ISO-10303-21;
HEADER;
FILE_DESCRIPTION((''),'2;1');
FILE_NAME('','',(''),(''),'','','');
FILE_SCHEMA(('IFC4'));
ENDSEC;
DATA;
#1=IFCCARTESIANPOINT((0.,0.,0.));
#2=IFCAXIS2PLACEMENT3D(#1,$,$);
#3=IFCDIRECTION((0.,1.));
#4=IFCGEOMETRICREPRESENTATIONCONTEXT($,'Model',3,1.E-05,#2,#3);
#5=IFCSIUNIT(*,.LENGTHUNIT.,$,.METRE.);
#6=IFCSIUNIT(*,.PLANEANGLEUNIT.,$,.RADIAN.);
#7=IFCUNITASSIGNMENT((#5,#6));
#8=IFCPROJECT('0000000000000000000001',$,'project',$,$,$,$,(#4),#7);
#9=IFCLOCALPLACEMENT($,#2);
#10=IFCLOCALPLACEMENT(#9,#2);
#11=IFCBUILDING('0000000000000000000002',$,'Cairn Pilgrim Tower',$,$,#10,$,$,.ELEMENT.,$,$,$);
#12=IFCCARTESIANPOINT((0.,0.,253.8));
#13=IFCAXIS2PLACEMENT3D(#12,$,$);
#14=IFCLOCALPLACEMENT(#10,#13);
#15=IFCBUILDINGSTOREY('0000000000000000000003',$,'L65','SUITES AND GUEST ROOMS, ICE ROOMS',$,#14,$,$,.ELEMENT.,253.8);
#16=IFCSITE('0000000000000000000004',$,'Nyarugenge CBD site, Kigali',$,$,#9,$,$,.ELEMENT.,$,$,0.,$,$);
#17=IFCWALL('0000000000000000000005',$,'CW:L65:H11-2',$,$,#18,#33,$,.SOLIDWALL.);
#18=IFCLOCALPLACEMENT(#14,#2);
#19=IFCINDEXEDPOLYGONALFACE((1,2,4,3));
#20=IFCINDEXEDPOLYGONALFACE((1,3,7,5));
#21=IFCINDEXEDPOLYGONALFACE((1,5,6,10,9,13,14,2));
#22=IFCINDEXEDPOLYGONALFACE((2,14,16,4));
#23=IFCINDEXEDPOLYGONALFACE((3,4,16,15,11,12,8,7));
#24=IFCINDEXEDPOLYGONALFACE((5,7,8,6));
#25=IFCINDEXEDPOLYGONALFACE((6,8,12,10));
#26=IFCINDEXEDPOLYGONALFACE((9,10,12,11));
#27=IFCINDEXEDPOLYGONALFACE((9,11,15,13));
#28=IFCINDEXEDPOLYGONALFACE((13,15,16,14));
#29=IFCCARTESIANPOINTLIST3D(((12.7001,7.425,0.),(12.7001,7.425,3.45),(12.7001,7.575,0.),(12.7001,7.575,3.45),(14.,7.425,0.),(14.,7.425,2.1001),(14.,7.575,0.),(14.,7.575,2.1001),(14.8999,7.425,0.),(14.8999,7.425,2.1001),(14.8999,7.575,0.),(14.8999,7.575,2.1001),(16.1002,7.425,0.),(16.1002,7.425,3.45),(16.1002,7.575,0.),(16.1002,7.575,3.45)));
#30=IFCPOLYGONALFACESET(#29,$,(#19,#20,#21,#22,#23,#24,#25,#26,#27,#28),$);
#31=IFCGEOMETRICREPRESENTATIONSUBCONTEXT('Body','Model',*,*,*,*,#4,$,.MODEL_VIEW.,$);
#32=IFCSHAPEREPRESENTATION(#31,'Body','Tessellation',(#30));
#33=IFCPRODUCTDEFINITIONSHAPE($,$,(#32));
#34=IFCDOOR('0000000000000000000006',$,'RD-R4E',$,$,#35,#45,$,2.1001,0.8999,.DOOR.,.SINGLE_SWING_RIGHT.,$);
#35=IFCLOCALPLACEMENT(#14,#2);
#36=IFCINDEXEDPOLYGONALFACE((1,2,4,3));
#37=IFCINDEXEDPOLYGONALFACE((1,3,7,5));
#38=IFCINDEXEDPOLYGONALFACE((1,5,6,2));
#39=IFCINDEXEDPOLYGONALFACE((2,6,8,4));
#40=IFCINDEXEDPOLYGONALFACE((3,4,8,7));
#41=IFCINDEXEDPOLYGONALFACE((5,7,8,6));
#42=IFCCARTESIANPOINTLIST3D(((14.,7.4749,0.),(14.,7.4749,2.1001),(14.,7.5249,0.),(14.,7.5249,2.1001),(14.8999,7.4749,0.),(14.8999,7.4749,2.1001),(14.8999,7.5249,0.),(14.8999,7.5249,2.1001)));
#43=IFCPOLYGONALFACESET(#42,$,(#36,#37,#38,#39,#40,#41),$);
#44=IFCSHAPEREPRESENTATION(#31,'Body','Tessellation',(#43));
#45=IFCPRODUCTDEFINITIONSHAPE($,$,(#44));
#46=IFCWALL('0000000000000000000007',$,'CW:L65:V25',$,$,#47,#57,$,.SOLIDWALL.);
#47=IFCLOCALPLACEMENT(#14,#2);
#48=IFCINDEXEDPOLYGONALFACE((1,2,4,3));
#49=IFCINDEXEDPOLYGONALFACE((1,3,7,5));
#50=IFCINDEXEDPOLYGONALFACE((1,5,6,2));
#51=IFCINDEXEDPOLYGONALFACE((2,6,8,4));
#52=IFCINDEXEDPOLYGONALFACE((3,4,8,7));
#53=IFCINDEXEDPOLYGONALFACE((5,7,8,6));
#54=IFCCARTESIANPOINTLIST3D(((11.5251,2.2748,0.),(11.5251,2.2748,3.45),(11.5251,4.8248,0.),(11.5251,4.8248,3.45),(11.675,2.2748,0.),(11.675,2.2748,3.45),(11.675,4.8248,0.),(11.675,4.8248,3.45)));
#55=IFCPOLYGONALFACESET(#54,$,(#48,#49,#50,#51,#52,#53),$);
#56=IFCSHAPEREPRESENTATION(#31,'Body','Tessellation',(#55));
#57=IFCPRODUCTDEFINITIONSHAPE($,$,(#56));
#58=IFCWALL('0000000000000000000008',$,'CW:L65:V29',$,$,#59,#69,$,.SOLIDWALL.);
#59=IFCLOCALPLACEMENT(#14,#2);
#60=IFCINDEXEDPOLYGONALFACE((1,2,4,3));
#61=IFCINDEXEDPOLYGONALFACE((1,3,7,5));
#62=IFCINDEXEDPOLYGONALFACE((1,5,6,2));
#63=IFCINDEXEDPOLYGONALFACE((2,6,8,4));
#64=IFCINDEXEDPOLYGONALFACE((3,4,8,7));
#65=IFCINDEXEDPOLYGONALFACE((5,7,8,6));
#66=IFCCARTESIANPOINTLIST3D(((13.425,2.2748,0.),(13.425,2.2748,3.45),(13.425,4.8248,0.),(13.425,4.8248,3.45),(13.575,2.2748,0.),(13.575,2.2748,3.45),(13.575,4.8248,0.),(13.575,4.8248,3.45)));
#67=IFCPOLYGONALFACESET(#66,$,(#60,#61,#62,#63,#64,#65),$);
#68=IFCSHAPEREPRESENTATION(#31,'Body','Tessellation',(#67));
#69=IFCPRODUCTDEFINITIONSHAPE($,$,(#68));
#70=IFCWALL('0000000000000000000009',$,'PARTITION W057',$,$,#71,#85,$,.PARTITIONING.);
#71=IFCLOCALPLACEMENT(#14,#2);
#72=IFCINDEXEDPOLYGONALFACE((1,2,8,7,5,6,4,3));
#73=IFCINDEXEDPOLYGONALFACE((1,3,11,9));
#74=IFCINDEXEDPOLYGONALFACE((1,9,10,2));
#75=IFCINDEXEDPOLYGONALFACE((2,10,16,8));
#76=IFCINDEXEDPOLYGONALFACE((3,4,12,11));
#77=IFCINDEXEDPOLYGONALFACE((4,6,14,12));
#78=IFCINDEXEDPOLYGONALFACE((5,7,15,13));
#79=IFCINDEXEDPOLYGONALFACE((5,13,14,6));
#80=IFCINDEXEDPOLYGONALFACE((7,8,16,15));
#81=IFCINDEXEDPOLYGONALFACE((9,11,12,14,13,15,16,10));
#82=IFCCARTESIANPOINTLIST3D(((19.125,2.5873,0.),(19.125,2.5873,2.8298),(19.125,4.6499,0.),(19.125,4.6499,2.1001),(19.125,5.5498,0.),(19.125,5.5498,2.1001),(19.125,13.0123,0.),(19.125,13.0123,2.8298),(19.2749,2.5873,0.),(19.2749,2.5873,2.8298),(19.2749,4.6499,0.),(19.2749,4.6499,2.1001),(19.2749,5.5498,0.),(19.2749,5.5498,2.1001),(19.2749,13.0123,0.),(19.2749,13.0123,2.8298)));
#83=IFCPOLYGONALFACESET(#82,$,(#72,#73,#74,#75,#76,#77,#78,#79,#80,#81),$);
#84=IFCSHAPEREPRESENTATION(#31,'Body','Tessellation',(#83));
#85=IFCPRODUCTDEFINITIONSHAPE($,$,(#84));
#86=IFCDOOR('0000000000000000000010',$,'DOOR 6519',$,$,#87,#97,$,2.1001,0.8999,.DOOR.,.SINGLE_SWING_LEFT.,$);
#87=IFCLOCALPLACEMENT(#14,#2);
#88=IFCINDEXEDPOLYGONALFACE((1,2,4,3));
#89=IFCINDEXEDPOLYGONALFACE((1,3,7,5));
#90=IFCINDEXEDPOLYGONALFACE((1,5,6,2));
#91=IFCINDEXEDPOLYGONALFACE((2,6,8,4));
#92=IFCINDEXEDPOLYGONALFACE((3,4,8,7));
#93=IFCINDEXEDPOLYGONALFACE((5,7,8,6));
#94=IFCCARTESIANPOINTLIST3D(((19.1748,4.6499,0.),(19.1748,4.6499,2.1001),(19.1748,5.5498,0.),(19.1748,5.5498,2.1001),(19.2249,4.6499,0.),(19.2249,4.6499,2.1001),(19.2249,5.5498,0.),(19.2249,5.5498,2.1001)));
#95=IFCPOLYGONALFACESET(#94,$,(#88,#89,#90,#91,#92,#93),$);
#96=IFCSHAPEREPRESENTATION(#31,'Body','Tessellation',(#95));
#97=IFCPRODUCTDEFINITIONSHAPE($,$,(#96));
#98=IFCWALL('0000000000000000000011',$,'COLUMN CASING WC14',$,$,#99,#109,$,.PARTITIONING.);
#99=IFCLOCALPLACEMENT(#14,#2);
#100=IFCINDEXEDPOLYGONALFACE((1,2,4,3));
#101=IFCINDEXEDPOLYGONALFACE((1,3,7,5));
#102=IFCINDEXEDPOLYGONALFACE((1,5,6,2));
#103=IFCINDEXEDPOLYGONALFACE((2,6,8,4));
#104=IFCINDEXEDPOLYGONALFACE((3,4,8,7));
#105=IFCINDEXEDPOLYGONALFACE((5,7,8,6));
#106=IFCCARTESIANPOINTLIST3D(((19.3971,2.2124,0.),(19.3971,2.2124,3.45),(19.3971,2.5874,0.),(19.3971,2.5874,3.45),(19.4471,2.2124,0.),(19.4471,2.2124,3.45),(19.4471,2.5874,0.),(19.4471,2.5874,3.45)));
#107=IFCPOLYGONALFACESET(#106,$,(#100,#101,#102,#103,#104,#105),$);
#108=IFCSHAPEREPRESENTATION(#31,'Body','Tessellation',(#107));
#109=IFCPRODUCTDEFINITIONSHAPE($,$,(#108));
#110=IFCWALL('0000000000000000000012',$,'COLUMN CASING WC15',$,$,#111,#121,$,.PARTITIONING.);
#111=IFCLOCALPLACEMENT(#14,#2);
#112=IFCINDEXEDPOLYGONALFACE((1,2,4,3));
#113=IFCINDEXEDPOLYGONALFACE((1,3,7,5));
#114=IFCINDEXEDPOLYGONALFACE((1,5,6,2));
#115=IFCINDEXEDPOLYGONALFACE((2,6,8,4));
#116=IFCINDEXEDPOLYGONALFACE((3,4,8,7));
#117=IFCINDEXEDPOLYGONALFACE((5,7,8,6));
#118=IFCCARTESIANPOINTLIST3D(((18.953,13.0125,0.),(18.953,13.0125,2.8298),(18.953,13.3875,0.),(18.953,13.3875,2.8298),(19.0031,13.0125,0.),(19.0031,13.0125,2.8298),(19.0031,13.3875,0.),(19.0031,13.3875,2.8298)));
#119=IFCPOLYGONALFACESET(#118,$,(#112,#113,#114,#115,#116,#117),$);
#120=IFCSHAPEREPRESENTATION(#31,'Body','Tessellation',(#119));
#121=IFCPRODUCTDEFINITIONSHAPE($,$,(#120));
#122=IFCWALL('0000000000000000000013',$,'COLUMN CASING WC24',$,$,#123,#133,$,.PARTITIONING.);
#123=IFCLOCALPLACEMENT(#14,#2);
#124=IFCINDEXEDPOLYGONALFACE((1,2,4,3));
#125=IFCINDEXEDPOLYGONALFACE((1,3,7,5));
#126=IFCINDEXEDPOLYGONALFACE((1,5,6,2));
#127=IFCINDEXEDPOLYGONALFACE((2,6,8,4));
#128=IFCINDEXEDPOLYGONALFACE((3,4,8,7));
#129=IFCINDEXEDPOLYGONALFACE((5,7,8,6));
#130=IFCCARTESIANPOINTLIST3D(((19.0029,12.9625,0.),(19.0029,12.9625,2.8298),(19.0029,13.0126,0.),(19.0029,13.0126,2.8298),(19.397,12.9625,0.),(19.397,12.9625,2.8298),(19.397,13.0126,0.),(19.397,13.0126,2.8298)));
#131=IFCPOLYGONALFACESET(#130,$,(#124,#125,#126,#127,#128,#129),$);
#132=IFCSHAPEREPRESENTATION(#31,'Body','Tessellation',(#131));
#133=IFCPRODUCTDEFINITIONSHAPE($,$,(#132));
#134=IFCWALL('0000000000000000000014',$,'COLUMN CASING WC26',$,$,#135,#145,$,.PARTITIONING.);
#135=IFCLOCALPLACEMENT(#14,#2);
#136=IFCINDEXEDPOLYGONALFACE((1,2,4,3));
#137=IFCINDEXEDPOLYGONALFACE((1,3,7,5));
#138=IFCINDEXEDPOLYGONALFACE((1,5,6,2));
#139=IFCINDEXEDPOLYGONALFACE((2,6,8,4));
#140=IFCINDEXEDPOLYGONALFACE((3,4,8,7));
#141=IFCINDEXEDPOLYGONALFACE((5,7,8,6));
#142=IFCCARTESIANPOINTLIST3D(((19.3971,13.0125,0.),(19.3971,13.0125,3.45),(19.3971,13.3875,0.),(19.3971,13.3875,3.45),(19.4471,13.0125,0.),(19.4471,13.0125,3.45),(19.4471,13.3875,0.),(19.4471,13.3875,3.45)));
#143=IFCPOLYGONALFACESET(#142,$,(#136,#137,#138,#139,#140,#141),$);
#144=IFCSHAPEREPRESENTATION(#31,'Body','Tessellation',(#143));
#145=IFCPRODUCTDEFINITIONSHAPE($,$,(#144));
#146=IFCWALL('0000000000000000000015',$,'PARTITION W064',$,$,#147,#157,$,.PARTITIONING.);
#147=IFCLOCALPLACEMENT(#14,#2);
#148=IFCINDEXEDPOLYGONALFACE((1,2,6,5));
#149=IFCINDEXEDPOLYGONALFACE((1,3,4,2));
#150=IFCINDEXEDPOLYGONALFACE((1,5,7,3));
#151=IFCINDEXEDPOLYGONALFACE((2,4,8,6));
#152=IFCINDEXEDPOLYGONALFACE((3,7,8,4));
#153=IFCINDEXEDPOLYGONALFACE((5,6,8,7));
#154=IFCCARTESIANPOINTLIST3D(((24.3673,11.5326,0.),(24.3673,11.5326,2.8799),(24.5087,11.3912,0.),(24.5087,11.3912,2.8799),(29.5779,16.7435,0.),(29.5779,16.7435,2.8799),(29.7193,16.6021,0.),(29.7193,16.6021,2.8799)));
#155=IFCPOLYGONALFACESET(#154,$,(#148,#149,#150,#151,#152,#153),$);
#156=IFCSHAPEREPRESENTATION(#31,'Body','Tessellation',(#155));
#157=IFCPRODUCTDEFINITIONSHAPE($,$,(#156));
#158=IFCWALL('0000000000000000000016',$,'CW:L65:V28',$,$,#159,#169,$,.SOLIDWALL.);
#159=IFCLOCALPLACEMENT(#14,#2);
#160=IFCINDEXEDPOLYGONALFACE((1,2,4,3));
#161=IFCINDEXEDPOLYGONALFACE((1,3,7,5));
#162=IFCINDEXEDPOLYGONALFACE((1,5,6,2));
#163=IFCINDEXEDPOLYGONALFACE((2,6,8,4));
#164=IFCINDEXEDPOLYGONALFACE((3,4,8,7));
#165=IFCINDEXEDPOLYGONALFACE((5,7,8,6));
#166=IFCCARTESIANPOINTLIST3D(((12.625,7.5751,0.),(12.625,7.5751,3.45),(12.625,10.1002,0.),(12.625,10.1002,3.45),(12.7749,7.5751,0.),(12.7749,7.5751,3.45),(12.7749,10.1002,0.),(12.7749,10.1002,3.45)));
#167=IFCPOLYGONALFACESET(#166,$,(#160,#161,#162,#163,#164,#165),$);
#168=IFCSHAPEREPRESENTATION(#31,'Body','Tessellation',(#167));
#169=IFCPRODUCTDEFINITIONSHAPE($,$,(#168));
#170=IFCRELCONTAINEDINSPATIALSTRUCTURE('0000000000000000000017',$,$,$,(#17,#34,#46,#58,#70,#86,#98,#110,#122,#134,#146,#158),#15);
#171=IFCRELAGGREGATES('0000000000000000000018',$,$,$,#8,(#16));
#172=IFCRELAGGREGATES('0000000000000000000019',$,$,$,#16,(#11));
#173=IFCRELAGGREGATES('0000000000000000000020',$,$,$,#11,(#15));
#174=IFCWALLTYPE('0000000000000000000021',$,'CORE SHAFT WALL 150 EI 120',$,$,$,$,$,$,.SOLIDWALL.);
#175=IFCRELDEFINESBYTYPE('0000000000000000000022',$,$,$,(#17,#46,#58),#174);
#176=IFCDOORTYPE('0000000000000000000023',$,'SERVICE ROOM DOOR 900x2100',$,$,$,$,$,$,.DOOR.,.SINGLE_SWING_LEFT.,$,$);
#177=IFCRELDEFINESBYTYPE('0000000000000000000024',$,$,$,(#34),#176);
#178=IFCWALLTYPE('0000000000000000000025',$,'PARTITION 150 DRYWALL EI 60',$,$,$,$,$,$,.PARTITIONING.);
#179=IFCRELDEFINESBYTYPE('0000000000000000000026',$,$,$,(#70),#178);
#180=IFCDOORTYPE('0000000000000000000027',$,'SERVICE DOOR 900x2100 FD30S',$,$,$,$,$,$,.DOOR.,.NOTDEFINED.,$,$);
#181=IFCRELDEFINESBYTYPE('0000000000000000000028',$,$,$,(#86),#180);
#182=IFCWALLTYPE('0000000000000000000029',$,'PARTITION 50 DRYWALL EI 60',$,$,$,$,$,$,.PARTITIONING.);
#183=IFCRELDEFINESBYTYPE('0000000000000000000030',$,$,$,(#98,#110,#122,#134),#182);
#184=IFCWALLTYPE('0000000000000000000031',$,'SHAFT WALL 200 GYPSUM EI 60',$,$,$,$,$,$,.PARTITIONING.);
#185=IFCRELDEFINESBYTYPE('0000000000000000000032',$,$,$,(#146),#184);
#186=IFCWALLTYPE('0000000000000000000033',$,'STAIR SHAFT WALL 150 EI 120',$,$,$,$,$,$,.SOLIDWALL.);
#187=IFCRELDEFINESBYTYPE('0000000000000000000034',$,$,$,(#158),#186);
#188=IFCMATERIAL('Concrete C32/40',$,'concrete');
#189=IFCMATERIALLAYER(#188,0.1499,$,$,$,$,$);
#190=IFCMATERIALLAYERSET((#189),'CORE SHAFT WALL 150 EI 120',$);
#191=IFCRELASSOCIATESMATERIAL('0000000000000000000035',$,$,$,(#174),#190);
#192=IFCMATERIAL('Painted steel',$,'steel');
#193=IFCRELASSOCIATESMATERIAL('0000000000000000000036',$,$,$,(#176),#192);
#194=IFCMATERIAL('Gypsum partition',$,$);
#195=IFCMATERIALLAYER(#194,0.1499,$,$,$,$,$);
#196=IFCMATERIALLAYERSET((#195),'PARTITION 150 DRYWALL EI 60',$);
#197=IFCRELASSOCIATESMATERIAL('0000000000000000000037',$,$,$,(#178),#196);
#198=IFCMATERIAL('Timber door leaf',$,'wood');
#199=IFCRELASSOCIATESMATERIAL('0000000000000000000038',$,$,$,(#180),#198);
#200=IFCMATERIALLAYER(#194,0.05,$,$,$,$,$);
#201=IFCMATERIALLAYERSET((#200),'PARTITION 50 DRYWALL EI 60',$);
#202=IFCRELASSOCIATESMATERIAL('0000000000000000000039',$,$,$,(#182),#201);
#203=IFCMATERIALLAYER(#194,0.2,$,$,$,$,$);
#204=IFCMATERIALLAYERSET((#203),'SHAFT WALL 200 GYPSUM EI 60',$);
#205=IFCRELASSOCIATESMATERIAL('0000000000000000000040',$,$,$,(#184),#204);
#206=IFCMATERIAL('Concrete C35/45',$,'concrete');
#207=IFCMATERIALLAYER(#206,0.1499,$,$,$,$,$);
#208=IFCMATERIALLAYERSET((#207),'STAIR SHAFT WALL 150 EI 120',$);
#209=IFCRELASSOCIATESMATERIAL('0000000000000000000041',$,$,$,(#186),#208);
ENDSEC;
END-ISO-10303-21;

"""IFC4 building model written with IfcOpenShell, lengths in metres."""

from ifc_helpers import new_model, si_unit, direction, frame, frame_2d, origin, place, context, subcontext, project, spatial, rectangle, extrude, material, layer, layer_set, type_object, element, fill, save


model = new_model("IFC4")

# Units and contexts
model_context = context("Model", 3, precision=1e-05, world=origin(), true_north=direction((0.0, 1.0)))
body_context = subcontext(model_context, "Body", "Model", "MODEL_VIEW")
ifc_project = project(units=[si_unit("LENGTHUNIT", "METRE"), si_unit("PLANEANGLEUNIT", "RADIAN")], contexts=[model_context])

# Site, building, storey
site_placement = place(None, origin())
site = spatial("IfcSite", under=ifc_project, at=site_placement, Name="Nyarugenge CBD site, Kigali", CompositionType="ELEMENT", RefElevation=0.0)
building_placement = place(site_placement, origin())
building = spatial("IfcBuilding", under=site, at=building_placement, Name="Cairn Pilgrim Tower", CompositionType="ELEMENT")
storey_placement = place(building_placement, frame((0.0, 0.0, 253.8)))
storey = spatial("IfcBuildingStorey", under=building, at=storey_placement, Name="L65", Description="SUITES AND GUEST ROOMS, ICE ROOMS", CompositionType="ELEMENT", Elevation=253.8)

# Shared definitions
ifc_material_1 = material(Name="Concrete C32/40", Category="concrete")

# Wall, opening, door
ifc_layer_1 = layer(ifc_material_1, 0.1499)
ifc_layer_set_1 = layer_set([ifc_layer_1], Name="CORE SHAFT WALL 150 EI 120")
wall_type_1 = type_object("IfcWallType", Name="CORE SHAFT WALL 150 EI 120", PredefinedType="SOLIDWALL", material=ifc_layer_set_1)
wall_1_placement = place(storey_placement, frame((12.7, 7.5, 0.0), z_axis=(0.0, 0.0, 1.0), x_axis=(1.0, 0.0, 0.0)))
wall_1 = element("IfcWall", 1, at=wall_1_placement, inside=storey, type_object=wall_type_1, Name="CW:L65:H11-2", PredefinedType="SOLIDWALL", context=body_context, shape_type="SweptSolid", body=[
    extrude(rectangle(XDim=3.4001, YDim=0.1499, at=frame_2d((1.7002, 0.0))), origin(), (0.0, 0.0, 1.0), 3.45),
])
opening_1_placement = place(wall_1_placement, frame((1.3, 0.0, 0.0)))
opening_1 = element("IfcOpeningElement", 2, at=opening_1_placement, cuts=wall_1, PredefinedType="OPENING", context=body_context, shape_type="SweptSolid", body=[
    extrude(rectangle(XDim=0.8999, YDim=2.1001, at=frame_2d((0.45, 1.05))), frame((0.0, 0.085, 0.0), z_axis=(0.0, -1.0, 0.0), x_axis=(1.0, 0.0, 0.0)), (0.0, 0.0, 1.0), 0.1699),
])
ifc_material_2 = material(Name="Painted steel", Category="steel")
door_type_1 = type_object("IfcDoorType", Name="SERVICE ROOM DOOR 900x2100", OperationType="SINGLE_SWING_LEFT", PredefinedType="DOOR", material=ifc_material_2)
door_1_placement = place(opening_1_placement, origin())
door_1 = element("IfcDoor", 3, at=door_1_placement, inside=storey, type_object=door_type_1, Name="RD-R4E", OperationType="SINGLE_SWING_RIGHT", OverallHeight=2.1001, OverallWidth=0.8999, PredefinedType="DOOR", context=body_context, shape_type="SweptSolid", body=[
    extrude(rectangle(XDim=0.8999, YDim=2.1001, at=frame_2d((0.45, 1.05))), frame((0.0, 0.0249, 0.0), z_axis=(0.0, -1.0, 0.0), x_axis=(1.0, 0.0, 0.0)), (0.0, 0.0, 1.0), 0.05),
])
fill(opening_1, door_1)

# Walls
for number, where, z_axis, x_axis, name in (
    (4, (11.6001, 2.2749, 0.0), (0.0, 0.0, 1.0), (0.0, 1.0, 0.0), "CW:L65:V25"),
    (5, (13.5, 2.2749, 0.0), (0.0, 0.0, 1.0), (0.0, 1.0, 0.0), "CW:L65:V29"),
):
    element("IfcWall", number, at=place(storey_placement, frame(where, z_axis=z_axis, x_axis=x_axis)), inside=storey, type_object=wall_type_1, Name=name, PredefinedType="SOLIDWALL", context=body_context, shape_type="SweptSolid", body=[
        extrude(rectangle(XDim=2.55, YDim=0.1499, at=frame_2d((1.2749, 0.0))), origin(), (0.0, 0.0, 1.0), 3.45),
    ])

# Wall, opening, door
ifc_material_3 = material(Name="Gypsum partition")
ifc_layer_2 = layer(ifc_material_3, 0.1499)
ifc_layer_set_2 = layer_set([ifc_layer_2], Name="PARTITION 150 DRYWALL EI 60")
wall_type_2 = type_object("IfcWallType", Name="PARTITION 150 DRYWALL EI 60", PredefinedType="PARTITIONING", material=ifc_layer_set_2)
wall_2_placement = place(storey_placement, frame((19.2, 2.5874, 0.0), z_axis=(0.0, 0.0, 1.0), x_axis=(0.0, 1.0, 0.0)))
wall_2 = element("IfcWall", 6, at=wall_2_placement, inside=storey, type_object=wall_type_2, Name="PARTITION W057", PredefinedType="PARTITIONING", context=body_context, shape_type="SweptSolid", body=[
    extrude(rectangle(XDim=10.425, YDim=0.1499, at=frame_2d((5.2124, 0.0))), origin(), (0.0, 0.0, 1.0), 2.8298),
])
opening_2_placement = place(wall_2_placement, frame((2.0625, 0.0, 0.0)))
opening_2 = element("IfcOpeningElement", 7, at=opening_2_placement, cuts=wall_2, PredefinedType="OPENING", context=body_context, shape_type="SweptSolid", body=[
    extrude(rectangle(XDim=0.8999, YDim=2.1001, at=frame_2d((0.45, 1.05))), frame((0.0, 0.085, 0.0), z_axis=(0.0, -1.0, 0.0), x_axis=(1.0, 0.0, 0.0)), (0.0, 0.0, 1.0), 0.1699),
])
ifc_material_4 = material(Name="Timber door leaf", Category="wood")
door_type_2 = type_object("IfcDoorType", Name="SERVICE DOOR 900x2100 FD30S", OperationType="NOTDEFINED", PredefinedType="DOOR", material=ifc_material_4)
door_2_placement = place(opening_2_placement, frame((0.8999, 0.0, 0.0), z_axis=(0.0, 0.0, 1.0), x_axis=(-1.0, 0.0, 0.0)))
door_2 = element("IfcDoor", 8, at=door_2_placement, inside=storey, type_object=door_type_2, Name="DOOR 6519", OperationType="SINGLE_SWING_LEFT", OverallHeight=2.1001, OverallWidth=0.8999, PredefinedType="DOOR", context=body_context, shape_type="SweptSolid", body=[
    extrude(rectangle(XDim=0.8999, YDim=2.1001, at=frame_2d((0.45, 1.05))), frame((0.0, 0.0249, 0.0), z_axis=(0.0, -1.0, 0.0), x_axis=(1.0, 0.0, 0.0)), (0.0, 0.0, 1.0), 0.05),
])
fill(opening_2, door_2)

# Walls
ifc_layer_3 = layer(ifc_material_3, 0.05)
ifc_layer_set_3 = layer_set([ifc_layer_3], Name="PARTITION 50 DRYWALL EI 60")
wall_type_3 = type_object("IfcWallType", Name="PARTITION 50 DRYWALL EI 60", PredefinedType="PARTITIONING", material=ifc_layer_set_3)
wall_3_placement = place(storey_placement, frame((19.4221, 2.2124, 0.0), z_axis=(0.0, 0.0, 1.0), x_axis=(0.0, 1.0, 0.0)))
element("IfcWall", 9, at=wall_3_placement, inside=storey, type_object=wall_type_3, Name="COLUMN CASING WC14", PredefinedType="PARTITIONING", context=body_context, shape_type="SweptSolid", body=[
    extrude(rectangle(XDim=0.375, YDim=0.05, at=frame_2d((0.1875, 0.0))), origin(), (0.0, 0.0, 1.0), 3.45),
])
wall_4_placement = place(storey_placement, frame((18.978, 13.0125, 0.0), z_axis=(0.0, 0.0, 1.0), x_axis=(0.0, 1.0, 0.0)))
element("IfcWall", 10, at=wall_4_placement, inside=storey, type_object=wall_type_3, Name="COLUMN CASING WC15", PredefinedType="PARTITIONING", context=body_context, shape_type="SweptSolid", body=[
    extrude(rectangle(XDim=0.375, YDim=0.05, at=frame_2d((0.1875, 0.0))), origin(), (0.0, 0.0, 1.0), 2.8298),
])
wall_5_placement = place(storey_placement, frame((19.0029, 12.9875, 0.0), z_axis=(0.0, 0.0, 1.0), x_axis=(1.0, 0.0, 0.0)))
element("IfcWall", 11, at=wall_5_placement, inside=storey, type_object=wall_type_3, Name="COLUMN CASING WC24", PredefinedType="PARTITIONING", context=body_context, shape_type="SweptSolid", body=[
    extrude(rectangle(XDim=0.394, YDim=0.05, at=frame_2d((0.197, 0.0))), origin(), (0.0, 0.0, 1.0), 2.8298),
])
wall_6_placement = place(storey_placement, frame((19.4221, 13.0125, 0.0), z_axis=(0.0, 0.0, 1.0), x_axis=(0.0, 1.0, 0.0)))
element("IfcWall", 12, at=wall_6_placement, inside=storey, type_object=wall_type_3, Name="COLUMN CASING WC26", PredefinedType="PARTITIONING", context=body_context, shape_type="SweptSolid", body=[
    extrude(rectangle(XDim=0.375, YDim=0.05, at=frame_2d((0.1875, 0.0))), origin(), (0.0, 0.0, 1.0), 3.45),
])
ifc_layer_4 = layer(ifc_material_3, 0.2)
ifc_layer_set_4 = layer_set([ifc_layer_4], Name="SHAFT WALL 200 GYPSUM EI 60")
wall_type_4 = type_object("IfcWallType", Name="SHAFT WALL 200 GYPSUM EI 60", PredefinedType="PARTITIONING", material=ifc_layer_set_4)
wall_7_placement = place(storey_placement, frame((24.438, 11.4619, 0.0), z_axis=(0.0, 0.0, 1.0), x_axis=(0.70709, 0.707123, 0.0)))
element("IfcWall", 13, at=wall_7_placement, inside=storey, type_object=wall_type_4, Name="PARTITION W064", PredefinedType="PARTITIONING", context=body_context, shape_type="SweptSolid", body=[
    extrude(rectangle(XDim=7.3691, YDim=0.2, at=frame_2d((3.6846, 0.0))), origin(), (0.0, 0.0, 1.0), 2.8799),
])
ifc_material_5 = material(Name="Concrete C35/45", Category="concrete")
ifc_layer_5 = layer(ifc_material_5, 0.1499)
ifc_layer_set_5 = layer_set([ifc_layer_5], Name="STAIR SHAFT WALL 150 EI 120")
wall_type_5 = type_object("IfcWallType", Name="STAIR SHAFT WALL 150 EI 120", PredefinedType="SOLIDWALL", material=ifc_layer_set_5)
wall_8_placement = place(storey_placement, frame((12.7, 7.575, 0.0), z_axis=(0.0, 0.0, 1.0), x_axis=(0.0, 1.0, 0.0)))
element("IfcWall", 14, at=wall_8_placement, inside=storey, type_object=wall_type_5, Name="CW:L65:V28", PredefinedType="SOLIDWALL", context=body_context, shape_type="SweptSolid", body=[
    extrude(rectangle(XDim=2.5251, YDim=0.1499, at=frame_2d((1.2627, 0.0))), origin(), (0.0, 0.0, 1.0), 3.45),
])

save(model, "model.ifc")
